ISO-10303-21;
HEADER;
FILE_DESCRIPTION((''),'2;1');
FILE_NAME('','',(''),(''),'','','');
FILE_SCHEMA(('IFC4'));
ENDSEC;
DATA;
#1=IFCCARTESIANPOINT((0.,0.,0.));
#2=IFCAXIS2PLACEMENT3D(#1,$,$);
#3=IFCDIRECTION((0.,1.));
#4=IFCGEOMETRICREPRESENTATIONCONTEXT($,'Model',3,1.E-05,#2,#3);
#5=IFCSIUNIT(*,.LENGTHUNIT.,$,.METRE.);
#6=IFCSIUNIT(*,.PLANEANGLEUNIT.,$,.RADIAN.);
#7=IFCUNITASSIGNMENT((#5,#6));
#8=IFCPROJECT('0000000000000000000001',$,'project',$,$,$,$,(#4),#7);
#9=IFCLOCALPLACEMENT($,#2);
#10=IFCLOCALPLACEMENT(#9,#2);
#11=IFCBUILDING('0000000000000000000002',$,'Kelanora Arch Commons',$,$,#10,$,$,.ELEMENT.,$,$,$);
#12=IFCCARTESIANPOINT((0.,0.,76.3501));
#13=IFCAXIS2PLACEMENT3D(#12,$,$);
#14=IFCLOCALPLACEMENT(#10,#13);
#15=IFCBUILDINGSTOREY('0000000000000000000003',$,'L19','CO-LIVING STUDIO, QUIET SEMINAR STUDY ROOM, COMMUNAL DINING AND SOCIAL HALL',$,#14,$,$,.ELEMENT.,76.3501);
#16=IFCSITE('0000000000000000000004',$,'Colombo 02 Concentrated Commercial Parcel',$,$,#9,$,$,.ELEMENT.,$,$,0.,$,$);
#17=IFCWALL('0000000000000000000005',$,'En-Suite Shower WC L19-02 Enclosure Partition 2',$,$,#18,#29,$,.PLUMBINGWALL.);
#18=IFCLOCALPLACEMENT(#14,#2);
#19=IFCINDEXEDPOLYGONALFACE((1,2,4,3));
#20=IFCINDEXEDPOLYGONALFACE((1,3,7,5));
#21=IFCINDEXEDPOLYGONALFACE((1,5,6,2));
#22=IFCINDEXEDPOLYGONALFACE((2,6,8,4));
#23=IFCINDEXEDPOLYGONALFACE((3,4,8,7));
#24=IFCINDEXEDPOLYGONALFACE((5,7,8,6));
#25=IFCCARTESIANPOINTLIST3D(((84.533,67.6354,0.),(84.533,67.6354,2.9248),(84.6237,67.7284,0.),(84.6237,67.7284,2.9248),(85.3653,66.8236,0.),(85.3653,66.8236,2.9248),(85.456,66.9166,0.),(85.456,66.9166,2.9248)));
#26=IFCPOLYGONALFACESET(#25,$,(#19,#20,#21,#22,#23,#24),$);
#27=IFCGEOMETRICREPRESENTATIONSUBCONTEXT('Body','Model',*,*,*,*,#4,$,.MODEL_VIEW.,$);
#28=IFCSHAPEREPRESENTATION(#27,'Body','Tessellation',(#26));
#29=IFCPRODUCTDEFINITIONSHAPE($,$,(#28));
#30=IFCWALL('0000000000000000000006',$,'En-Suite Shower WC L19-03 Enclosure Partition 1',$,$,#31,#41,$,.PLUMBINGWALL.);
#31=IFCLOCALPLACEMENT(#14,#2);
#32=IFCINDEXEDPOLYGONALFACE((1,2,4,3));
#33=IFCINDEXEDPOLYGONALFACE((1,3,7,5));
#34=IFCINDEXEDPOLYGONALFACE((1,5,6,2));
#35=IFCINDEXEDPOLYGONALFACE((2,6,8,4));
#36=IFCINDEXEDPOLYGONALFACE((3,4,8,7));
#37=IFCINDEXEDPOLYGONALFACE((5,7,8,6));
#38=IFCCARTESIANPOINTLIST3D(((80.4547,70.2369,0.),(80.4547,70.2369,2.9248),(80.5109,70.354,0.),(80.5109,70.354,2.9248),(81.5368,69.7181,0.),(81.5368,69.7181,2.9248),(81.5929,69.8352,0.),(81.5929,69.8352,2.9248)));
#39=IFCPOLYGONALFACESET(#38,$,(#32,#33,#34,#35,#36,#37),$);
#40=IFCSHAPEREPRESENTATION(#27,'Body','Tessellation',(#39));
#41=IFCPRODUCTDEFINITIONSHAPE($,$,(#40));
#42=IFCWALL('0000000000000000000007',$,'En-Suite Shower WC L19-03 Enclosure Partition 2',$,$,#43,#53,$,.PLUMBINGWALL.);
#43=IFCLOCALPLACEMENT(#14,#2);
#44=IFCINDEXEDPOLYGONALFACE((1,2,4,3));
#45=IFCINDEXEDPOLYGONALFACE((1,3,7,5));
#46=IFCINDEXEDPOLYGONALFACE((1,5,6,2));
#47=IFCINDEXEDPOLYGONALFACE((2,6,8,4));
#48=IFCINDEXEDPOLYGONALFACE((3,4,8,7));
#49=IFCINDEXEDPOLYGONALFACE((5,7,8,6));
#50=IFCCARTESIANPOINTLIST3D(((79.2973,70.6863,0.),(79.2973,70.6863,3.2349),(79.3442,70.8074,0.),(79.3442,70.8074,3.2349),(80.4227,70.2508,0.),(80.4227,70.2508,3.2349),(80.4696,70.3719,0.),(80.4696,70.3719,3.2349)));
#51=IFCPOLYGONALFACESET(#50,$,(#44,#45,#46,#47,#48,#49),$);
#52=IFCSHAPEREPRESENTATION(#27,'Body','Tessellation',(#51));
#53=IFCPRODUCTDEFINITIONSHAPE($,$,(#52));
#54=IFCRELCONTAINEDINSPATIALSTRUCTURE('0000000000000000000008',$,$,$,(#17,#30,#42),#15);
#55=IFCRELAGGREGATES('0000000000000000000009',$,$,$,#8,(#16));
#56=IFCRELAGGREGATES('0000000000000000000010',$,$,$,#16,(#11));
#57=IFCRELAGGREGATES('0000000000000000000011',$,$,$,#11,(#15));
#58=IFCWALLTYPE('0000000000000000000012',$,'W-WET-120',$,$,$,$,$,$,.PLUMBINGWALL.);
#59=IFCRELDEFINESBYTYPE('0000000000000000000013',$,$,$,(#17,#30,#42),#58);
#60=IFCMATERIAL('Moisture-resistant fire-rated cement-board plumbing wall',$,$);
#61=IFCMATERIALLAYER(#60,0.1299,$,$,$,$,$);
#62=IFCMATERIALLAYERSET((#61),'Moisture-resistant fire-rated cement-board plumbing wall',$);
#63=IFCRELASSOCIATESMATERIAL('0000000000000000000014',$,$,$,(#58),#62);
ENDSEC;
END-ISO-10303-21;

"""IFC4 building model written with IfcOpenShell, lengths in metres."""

from ifc_helpers import new_model, si_unit, direction, frame, frame_2d, origin, place, context, subcontext, project, spatial, rectangle, extrude, material, layer, layer_set, type_object, element, save


model = new_model("IFC4")

# Units and contexts
model_context = context("Model", 3, precision=1e-05, world=origin(), true_north=direction((0.0, 1.0)))
body_context = subcontext(model_context, "Body", "Model", "MODEL_VIEW")
ifc_project = project(units=[si_unit("LENGTHUNIT", "METRE"), si_unit("PLANEANGLEUNIT", "RADIAN")], contexts=[model_context])

# Site, building, storey
site_placement = place(None, origin())
site = spatial("IfcSite", under=ifc_project, at=site_placement, Name="Colombo 02 Concentrated Commercial Parcel", CompositionType="ELEMENT", RefElevation=0.0)
building_placement = place(site_placement, origin())
building = spatial("IfcBuilding", under=site, at=building_placement, Name="Kelanora Arch Commons", CompositionType="ELEMENT")
storey_placement = place(building_placement, frame((0.0, 0.0, 76.3501)))
storey = spatial("IfcBuildingStorey", under=building, at=storey_placement, Name="L19", Description="CO-LIVING STUDIO, QUIET SEMINAR STUDY ROOM, COMMUNAL DINING AND SOCIAL HALL", CompositionType="ELEMENT", Elevation=76.3501)

# Shared definitions
ifc_material_1 = material(Name="Moisture-resistant fire-rated cement-board plumbing wall")
ifc_layer_1 = layer(ifc_material_1, 0.1299)
ifc_layer_set_1 = layer_set([ifc_layer_1], Name="Moisture-resistant fire-rated cement-board plumbing wall")
wall_type_1 = type_object("IfcWallType", Name="W-WET-120", PredefinedType="PLUMBINGWALL", material=ifc_layer_set_1)

# Walls
wall_1_placement = place(storey_placement, frame((85.4106, 66.8701, 0.0), z_axis=(0.0, 0.0, 1.0), x_axis=(-0.715872, 0.698232, 0.0)))
element("IfcWall", 1, at=wall_1_placement, inside=storey, type_object=wall_type_1, Name="En-Suite Shower WC L19-02 Enclosure Partition 2", PredefinedType="PLUMBINGWALL", context=body_context, shape_type="SweptSolid", body=[
    extrude(rectangle(XDim=1.1626, YDim=0.1299, at=frame_2d((0.5813, 0.0))), origin(), (0.0, 0.0, 1.0), 2.9248),
])
wall_2_placement = place(storey_placement, frame((81.5649, 69.7766, 0.0), z_axis=(0.0, 0.0, 1.0), x_axis=(-0.90171, 0.432341, 0.0)))
element("IfcWall", 2, at=wall_2_placement, inside=storey, type_object=wall_type_1, Name="En-Suite Shower WC L19-03 Enclosure Partition 1", PredefinedType="PLUMBINGWALL", context=body_context, shape_type="SweptSolid", body=[
    extrude(rectangle(XDim=1.2, YDim=0.1299, at=frame_2d((0.6001, 0.0))), origin(), (0.0, 0.0, 1.0), 2.9248),
])
wall_3_placement = place(storey_placement, frame((80.4463, 70.3113, 0.0), z_axis=(0.0, 0.0, 1.0), x_axis=(-0.932603, 0.360903, 0.0)))
element("IfcWall", 3, at=wall_3_placement, inside=storey, type_object=wall_type_1, Name="En-Suite Shower WC L19-03 Enclosure Partition 2", PredefinedType="PLUMBINGWALL", context=body_context, shape_type="SweptSolid", body=[
    extrude(rectangle(XDim=1.2068, YDim=0.1299, at=frame_2d((0.6035, 0.0))), origin(), (0.0, 0.0, 1.0), 3.2349),
])

save(model, "model.ifc")
